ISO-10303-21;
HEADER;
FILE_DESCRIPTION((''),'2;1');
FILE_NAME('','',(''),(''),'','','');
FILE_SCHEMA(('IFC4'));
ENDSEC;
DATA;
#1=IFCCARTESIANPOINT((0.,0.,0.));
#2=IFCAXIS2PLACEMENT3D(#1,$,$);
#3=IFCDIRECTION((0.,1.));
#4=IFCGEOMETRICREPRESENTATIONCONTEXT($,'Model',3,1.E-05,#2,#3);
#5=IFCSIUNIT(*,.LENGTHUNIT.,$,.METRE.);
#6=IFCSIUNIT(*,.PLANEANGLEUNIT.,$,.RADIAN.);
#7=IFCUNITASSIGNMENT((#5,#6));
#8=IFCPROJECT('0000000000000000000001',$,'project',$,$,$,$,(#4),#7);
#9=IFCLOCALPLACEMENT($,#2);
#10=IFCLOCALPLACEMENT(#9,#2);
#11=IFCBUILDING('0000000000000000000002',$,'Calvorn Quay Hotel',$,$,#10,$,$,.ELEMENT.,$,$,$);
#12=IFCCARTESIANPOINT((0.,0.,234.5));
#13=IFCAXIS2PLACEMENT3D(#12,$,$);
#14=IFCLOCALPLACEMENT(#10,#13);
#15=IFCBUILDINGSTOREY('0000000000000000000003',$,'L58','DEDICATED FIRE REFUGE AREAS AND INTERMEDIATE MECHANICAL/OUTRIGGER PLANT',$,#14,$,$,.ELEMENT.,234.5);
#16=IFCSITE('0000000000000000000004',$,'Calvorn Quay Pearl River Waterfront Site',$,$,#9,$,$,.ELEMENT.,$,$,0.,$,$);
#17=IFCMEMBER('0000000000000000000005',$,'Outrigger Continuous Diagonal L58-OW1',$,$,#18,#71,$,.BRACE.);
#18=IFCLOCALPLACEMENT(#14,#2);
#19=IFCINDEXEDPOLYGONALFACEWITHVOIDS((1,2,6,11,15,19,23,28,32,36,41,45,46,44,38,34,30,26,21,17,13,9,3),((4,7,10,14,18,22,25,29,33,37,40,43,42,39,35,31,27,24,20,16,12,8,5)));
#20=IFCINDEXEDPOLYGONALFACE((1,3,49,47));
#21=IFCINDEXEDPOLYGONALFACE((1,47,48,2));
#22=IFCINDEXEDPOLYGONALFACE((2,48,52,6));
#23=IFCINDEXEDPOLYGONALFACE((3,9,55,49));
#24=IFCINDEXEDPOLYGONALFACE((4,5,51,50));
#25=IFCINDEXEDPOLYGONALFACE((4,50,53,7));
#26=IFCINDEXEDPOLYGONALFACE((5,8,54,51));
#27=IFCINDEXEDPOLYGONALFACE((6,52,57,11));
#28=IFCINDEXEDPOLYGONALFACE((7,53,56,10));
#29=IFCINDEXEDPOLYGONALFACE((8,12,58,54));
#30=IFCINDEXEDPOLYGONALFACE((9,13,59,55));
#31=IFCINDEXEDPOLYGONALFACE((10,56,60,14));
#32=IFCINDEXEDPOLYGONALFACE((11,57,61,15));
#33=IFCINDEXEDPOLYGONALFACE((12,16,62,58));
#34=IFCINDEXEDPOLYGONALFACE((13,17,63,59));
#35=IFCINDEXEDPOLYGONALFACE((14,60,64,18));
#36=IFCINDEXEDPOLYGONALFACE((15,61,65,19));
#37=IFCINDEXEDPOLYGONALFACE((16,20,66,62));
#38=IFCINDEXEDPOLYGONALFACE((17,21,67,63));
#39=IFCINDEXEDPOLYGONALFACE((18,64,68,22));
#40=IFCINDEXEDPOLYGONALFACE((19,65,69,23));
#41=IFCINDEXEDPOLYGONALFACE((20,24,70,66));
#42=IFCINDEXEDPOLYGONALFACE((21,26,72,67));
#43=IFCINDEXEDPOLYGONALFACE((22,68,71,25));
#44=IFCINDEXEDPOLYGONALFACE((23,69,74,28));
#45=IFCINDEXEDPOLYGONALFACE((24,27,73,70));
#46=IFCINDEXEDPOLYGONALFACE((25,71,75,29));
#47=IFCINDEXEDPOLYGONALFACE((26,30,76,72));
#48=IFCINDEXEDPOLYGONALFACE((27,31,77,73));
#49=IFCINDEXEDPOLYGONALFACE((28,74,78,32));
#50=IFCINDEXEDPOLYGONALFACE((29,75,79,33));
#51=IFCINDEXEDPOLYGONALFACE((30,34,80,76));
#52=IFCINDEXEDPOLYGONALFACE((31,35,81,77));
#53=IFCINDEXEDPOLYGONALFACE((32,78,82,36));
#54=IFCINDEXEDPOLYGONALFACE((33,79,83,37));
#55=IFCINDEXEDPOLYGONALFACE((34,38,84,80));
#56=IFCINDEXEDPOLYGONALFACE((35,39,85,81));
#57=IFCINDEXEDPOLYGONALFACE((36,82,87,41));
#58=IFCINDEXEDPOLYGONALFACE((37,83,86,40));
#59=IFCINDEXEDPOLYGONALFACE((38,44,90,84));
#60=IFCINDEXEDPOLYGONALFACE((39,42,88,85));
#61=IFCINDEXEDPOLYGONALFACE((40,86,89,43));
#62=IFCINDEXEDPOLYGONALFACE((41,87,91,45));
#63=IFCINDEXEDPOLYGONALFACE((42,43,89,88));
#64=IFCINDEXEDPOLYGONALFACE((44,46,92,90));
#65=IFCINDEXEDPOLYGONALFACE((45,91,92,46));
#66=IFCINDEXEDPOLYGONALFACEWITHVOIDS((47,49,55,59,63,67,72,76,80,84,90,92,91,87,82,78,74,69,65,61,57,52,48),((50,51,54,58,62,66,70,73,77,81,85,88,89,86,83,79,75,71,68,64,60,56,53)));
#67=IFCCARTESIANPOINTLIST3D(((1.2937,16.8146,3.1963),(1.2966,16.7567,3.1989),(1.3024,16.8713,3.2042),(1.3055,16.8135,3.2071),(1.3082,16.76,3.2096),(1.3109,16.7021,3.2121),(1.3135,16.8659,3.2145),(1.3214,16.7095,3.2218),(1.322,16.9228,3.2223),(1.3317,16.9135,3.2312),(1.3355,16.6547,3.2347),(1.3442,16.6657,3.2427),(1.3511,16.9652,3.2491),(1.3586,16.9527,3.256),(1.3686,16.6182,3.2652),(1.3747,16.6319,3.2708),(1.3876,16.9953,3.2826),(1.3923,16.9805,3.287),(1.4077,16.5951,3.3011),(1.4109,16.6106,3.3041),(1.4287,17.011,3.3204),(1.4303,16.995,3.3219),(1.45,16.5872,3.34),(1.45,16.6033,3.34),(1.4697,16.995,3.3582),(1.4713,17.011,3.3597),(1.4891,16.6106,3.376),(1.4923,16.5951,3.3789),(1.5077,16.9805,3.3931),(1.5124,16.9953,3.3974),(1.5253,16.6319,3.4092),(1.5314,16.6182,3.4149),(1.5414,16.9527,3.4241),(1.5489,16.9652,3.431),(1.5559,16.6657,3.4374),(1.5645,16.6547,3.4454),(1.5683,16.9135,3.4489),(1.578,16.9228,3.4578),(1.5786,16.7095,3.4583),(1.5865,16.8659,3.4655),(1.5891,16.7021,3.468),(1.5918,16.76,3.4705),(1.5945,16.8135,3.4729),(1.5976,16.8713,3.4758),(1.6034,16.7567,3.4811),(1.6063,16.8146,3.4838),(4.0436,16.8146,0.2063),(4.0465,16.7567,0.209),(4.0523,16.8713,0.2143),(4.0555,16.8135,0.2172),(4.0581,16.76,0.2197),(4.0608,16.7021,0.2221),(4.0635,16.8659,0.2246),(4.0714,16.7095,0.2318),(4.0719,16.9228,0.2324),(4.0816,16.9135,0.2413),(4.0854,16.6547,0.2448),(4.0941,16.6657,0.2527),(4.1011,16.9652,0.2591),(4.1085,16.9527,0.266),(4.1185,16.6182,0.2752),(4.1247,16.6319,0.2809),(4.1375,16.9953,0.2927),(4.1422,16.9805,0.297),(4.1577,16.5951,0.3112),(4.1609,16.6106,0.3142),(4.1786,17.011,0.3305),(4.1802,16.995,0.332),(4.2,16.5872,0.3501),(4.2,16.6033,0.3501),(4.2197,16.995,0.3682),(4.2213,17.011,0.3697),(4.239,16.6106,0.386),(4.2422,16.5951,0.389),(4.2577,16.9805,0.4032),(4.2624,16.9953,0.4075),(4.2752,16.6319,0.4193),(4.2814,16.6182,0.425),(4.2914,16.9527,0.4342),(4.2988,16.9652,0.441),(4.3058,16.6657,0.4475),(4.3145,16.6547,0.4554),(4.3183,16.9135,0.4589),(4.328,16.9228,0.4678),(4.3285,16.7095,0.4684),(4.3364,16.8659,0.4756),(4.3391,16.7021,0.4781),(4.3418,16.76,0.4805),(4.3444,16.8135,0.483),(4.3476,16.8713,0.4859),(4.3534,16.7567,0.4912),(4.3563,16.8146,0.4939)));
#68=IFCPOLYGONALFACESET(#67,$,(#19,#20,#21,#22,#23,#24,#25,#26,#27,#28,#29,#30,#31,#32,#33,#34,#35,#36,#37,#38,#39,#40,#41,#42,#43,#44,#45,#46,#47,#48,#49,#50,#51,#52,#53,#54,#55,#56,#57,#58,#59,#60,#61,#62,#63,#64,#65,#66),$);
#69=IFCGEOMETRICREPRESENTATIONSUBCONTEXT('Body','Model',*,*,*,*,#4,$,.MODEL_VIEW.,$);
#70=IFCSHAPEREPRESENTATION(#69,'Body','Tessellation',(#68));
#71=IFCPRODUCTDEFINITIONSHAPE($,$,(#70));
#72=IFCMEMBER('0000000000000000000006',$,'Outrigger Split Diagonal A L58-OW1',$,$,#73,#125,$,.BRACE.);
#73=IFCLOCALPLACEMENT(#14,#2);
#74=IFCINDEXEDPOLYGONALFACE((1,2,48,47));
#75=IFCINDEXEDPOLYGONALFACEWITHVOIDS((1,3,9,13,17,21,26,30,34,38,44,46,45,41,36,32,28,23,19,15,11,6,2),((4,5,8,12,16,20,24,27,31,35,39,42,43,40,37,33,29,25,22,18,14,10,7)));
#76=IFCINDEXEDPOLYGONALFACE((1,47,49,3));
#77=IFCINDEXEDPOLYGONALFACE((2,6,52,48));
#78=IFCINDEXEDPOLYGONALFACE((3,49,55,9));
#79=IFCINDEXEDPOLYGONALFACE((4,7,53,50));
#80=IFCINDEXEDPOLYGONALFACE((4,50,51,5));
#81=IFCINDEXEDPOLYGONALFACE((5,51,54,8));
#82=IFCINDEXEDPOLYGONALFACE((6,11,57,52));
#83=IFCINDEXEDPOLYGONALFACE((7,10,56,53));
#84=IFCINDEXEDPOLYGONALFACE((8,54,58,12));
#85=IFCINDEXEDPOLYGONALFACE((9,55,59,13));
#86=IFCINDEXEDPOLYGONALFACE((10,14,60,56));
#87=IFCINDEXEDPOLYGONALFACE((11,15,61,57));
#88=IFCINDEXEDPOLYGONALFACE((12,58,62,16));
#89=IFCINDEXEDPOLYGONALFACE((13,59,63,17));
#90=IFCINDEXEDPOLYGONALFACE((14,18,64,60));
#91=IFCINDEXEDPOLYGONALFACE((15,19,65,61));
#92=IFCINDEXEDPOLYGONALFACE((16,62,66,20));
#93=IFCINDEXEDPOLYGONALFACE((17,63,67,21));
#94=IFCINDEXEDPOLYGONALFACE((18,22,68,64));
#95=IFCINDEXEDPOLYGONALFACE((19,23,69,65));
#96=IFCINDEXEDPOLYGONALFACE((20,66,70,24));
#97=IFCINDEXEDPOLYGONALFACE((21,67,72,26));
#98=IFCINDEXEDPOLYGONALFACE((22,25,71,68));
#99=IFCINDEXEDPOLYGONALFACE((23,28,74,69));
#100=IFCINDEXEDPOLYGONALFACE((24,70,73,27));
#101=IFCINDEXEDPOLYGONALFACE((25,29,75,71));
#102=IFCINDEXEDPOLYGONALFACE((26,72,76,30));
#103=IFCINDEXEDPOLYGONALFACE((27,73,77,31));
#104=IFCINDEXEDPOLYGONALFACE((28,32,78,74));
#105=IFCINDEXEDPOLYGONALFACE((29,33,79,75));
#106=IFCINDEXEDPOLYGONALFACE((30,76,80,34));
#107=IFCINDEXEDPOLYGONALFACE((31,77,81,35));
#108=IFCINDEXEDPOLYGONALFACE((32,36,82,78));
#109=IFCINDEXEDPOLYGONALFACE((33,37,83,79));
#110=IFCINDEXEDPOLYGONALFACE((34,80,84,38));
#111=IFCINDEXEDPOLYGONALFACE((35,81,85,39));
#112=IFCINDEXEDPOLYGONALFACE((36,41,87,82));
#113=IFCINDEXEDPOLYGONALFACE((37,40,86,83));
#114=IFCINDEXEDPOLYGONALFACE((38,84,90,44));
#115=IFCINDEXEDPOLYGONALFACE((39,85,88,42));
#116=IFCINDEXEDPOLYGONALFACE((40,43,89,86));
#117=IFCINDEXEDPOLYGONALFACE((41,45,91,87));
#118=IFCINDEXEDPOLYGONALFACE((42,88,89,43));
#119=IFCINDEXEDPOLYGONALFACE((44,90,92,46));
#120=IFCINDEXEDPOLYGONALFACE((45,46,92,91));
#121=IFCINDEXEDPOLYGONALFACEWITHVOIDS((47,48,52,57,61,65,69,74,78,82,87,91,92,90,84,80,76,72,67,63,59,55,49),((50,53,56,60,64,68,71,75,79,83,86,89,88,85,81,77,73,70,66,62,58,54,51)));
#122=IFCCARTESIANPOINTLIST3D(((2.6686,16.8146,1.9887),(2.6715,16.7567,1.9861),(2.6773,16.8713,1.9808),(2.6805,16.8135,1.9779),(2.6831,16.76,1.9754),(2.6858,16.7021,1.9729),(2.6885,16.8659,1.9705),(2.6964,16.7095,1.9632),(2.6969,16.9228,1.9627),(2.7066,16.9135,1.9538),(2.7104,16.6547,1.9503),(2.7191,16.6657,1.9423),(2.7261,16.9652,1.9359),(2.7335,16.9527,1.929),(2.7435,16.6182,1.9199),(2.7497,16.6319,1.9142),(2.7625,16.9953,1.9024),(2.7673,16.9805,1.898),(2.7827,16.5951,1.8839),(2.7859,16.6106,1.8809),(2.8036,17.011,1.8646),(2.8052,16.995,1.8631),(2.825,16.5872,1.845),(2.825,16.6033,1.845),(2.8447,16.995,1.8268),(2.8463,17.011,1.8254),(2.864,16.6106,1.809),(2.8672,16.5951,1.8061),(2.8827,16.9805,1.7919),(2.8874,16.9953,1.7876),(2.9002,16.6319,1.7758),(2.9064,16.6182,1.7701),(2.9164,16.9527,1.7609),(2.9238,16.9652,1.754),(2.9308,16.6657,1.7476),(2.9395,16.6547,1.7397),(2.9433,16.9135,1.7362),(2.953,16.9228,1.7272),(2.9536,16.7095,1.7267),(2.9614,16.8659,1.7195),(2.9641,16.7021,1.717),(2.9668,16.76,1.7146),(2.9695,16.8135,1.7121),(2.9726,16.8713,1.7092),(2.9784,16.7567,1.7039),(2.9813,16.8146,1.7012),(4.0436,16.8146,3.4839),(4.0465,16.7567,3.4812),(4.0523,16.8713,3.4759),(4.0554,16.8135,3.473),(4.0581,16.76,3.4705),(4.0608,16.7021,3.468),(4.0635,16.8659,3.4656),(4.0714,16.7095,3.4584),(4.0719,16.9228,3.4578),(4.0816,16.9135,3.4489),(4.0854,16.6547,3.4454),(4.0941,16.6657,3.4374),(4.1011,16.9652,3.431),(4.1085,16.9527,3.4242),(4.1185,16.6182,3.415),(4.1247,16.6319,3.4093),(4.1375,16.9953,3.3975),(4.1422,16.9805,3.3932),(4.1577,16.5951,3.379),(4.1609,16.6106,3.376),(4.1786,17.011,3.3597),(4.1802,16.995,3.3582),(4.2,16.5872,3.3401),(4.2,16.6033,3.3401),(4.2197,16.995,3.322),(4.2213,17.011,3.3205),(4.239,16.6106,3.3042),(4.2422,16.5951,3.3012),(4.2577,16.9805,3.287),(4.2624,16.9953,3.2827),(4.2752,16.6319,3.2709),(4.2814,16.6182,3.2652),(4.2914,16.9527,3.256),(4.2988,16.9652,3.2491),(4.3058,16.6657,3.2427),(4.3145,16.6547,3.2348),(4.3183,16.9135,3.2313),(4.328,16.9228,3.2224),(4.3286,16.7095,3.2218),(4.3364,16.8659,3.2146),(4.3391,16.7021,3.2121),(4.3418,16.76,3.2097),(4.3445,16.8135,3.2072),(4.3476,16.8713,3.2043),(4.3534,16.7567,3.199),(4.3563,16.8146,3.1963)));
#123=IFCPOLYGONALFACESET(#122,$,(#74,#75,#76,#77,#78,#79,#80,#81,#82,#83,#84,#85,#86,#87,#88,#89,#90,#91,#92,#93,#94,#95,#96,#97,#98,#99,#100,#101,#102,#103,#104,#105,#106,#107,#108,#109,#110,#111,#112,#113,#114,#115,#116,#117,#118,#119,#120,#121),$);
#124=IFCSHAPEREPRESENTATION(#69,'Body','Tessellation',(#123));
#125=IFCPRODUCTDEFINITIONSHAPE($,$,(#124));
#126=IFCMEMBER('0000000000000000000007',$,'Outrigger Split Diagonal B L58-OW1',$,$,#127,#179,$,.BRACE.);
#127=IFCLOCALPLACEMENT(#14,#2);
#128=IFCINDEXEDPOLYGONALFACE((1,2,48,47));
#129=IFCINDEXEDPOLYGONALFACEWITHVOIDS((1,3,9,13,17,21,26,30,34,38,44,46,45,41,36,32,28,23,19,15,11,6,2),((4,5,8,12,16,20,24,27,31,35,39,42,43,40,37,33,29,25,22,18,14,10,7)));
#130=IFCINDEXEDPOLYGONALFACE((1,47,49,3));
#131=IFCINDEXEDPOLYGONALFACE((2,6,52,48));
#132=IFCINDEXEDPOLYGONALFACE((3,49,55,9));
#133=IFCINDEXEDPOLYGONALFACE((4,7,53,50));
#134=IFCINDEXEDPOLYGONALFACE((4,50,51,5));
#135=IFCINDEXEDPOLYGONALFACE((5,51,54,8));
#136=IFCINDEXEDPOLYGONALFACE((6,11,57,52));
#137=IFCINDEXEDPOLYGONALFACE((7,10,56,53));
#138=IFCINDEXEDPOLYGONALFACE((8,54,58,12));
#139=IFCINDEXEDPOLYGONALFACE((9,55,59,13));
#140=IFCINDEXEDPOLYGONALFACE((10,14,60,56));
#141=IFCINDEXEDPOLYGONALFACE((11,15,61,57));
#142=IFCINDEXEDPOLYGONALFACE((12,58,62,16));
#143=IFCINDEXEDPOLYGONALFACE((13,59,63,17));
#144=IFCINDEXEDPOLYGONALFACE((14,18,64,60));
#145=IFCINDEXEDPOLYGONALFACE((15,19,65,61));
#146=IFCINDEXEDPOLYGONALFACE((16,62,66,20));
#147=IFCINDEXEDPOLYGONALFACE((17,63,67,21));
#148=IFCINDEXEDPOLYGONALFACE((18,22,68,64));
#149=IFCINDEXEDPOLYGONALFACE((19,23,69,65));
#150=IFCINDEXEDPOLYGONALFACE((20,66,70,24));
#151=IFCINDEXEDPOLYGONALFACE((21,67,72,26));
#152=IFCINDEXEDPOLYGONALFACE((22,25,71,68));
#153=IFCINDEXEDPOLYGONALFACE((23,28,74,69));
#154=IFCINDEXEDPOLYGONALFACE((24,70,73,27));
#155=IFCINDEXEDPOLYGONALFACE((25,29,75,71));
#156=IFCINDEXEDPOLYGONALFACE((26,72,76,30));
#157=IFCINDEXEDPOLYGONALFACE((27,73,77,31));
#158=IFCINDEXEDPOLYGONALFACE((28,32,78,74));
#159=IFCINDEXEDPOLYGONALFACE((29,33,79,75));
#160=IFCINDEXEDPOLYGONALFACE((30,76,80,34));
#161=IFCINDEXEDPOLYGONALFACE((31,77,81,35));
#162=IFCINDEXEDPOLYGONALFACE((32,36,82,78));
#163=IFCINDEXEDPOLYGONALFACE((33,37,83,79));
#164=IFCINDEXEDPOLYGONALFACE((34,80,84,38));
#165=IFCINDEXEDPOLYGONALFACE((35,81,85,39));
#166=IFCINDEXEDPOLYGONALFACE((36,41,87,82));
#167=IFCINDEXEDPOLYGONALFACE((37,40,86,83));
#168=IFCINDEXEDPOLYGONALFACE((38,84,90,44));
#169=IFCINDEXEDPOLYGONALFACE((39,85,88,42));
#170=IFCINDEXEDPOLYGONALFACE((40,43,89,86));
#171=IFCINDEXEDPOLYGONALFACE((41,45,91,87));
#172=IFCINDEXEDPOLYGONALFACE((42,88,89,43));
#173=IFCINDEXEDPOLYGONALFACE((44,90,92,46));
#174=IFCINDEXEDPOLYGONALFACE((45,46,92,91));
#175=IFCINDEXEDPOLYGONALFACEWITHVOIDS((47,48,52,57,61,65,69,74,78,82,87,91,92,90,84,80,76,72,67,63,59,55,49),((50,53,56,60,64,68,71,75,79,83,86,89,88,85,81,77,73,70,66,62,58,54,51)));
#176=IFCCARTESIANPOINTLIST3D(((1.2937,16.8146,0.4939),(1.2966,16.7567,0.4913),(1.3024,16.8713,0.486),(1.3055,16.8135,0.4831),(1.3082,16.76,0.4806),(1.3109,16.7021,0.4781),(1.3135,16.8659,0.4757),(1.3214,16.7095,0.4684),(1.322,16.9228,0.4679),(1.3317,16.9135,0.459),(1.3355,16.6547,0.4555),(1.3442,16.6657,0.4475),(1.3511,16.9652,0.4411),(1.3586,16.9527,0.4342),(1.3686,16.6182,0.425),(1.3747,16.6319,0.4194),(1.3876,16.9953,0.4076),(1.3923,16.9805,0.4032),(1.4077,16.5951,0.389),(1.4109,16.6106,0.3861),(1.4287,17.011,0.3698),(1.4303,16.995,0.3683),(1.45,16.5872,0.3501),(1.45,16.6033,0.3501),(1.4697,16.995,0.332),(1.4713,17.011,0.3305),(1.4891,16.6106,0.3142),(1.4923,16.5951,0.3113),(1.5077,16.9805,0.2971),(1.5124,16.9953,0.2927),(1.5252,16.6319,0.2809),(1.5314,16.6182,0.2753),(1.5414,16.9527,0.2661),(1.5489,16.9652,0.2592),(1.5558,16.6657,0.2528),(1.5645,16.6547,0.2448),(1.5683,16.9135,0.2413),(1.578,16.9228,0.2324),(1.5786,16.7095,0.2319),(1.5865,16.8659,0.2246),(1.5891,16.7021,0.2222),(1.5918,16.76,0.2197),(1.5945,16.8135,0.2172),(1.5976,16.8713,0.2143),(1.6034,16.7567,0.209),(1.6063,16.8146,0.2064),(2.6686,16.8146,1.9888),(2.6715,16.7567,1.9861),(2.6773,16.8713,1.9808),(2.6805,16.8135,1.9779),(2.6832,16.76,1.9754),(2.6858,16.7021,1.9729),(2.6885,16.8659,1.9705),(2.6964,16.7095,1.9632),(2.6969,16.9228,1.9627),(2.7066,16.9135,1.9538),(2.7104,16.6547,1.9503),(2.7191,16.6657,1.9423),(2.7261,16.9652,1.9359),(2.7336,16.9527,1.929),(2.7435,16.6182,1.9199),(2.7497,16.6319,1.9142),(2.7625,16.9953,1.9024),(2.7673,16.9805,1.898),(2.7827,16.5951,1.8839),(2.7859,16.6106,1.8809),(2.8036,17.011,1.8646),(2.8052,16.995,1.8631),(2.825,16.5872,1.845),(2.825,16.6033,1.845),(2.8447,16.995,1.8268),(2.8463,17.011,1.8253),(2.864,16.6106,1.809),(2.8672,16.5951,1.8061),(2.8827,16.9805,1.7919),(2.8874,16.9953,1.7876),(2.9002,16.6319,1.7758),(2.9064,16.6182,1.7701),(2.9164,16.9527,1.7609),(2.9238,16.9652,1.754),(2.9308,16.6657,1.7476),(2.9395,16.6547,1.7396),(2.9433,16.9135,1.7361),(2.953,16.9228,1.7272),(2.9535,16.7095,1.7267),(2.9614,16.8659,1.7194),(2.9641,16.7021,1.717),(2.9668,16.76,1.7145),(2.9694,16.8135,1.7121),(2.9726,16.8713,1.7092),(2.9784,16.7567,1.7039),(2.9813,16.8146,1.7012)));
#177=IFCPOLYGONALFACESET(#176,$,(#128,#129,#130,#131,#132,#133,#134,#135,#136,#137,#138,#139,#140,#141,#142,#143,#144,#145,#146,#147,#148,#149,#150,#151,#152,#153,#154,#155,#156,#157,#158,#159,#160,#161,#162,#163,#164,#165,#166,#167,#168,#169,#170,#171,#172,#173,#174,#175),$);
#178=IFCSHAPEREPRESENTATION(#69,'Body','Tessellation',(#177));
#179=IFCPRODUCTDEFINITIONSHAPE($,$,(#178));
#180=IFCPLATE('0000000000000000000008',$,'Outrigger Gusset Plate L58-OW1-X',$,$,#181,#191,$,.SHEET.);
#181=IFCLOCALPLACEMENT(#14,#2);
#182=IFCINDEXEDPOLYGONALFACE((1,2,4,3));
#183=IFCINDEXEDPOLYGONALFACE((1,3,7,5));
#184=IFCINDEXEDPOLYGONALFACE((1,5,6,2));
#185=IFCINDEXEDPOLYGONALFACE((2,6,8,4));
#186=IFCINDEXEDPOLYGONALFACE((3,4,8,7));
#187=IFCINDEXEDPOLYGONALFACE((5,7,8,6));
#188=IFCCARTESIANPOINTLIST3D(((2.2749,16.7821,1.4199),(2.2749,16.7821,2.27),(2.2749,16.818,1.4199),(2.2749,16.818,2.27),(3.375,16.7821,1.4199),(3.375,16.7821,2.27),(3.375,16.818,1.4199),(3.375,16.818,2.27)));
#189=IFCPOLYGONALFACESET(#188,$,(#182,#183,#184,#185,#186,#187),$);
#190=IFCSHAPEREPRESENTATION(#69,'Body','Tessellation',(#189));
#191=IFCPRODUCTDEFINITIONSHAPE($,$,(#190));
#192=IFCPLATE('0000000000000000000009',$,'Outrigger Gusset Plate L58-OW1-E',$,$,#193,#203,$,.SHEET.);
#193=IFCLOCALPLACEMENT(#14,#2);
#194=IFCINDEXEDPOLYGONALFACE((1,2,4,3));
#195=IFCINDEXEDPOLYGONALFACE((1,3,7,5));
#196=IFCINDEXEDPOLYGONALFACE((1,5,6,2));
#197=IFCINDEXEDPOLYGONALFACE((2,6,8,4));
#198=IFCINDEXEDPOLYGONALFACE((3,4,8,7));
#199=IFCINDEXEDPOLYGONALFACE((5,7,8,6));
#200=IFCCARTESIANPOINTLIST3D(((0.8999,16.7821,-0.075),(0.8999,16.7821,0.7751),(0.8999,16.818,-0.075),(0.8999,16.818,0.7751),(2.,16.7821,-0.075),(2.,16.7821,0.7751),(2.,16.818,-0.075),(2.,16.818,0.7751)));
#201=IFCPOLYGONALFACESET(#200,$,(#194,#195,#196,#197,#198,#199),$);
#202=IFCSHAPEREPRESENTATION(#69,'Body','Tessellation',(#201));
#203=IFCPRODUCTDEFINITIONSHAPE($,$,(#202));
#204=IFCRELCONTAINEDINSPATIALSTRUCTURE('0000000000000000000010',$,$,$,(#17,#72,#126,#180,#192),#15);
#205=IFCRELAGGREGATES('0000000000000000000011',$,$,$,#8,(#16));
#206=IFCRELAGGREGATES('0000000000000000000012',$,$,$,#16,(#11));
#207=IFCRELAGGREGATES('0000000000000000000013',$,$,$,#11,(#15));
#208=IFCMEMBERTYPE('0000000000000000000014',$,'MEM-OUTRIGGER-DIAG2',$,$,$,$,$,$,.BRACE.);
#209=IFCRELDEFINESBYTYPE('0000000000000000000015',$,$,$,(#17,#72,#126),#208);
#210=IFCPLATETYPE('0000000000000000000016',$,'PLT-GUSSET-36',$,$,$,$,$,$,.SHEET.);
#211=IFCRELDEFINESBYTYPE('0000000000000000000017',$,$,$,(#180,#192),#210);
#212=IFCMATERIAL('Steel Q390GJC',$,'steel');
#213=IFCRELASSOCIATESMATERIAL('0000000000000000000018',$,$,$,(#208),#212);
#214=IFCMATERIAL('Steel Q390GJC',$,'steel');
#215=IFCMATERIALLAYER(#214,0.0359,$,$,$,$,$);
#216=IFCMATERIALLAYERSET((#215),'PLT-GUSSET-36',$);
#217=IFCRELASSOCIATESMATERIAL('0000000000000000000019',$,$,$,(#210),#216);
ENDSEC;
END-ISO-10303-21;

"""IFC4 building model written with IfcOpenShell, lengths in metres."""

from ifc_helpers import new_model, si_unit, direction, frame, origin, origin_2d, place, context, subcontext, project, spatial, rectangle, hollow_circle, extrude, material, layer, layer_set, material_profile, profile_set, type_object, element, save


model = new_model("IFC4")

# Units and contexts
model_context = context("Model", 3, precision=1e-05, world=origin(), true_north=direction((0.0, 1.0)))
body_context = subcontext(model_context, "Body", "Model", "MODEL_VIEW")
ifc_project = project(units=[si_unit("LENGTHUNIT", "METRE"), si_unit("PLANEANGLEUNIT", "RADIAN")], contexts=[model_context])

# Site, building, storey
site_placement = place(None, origin())
site = spatial("IfcSite", under=ifc_project, at=site_placement, Name="Calvorn Quay Pearl River Waterfront Site", CompositionType="ELEMENT", RefElevation=0.0)
building_placement = place(site_placement, origin())
building = spatial("IfcBuilding", under=site, at=building_placement, Name="Calvorn Quay Hotel", CompositionType="ELEMENT")
storey_placement = place(building_placement, frame((0.0, 0.0, 234.5)))
storey = spatial("IfcBuildingStorey", under=building, at=storey_placement, Name="L58", Description="DEDICATED FIRE REFUGE AREAS AND INTERMEDIATE MECHANICAL/OUTRIGGER PLANT", CompositionType="ELEMENT", Elevation=234.5)

# Members
ifc_material_1 = material(Name="Steel Q390GJC", Category="steel")
ifc_material_profile_1 = material_profile(ifc_material_1, hollow_circle(Radius=0.2129, WallThickness=0.0161, at=origin_2d()), Name="CHS426x16")
ifc_profile_set_1 = profile_set([ifc_material_profile_1], Name="Steel Q390GJC")
member_type_1 = type_object("IfcMemberType", Name="MEM-OUTRIGGER-DIAG2", PredefinedType="BRACE", material=ifc_profile_set_1)
member_1_placement = place(storey_placement, frame((4.2, 16.8, 0.3501), z_axis=(-0.676951, 0.0, 0.736028), x_axis=(0.0, -1.0, 0.0)))
element("IfcMember", 1, at=member_1_placement, inside=storey, type_object=member_type_1, Name="Outrigger Continuous Diagonal L58-OW1", PredefinedType="BRACE", context=body_context, shape_type="SweptSolid", body=[
    extrude(hollow_circle(Radius=0.2129, WallThickness=0.0161, at=origin_2d()), origin(), (0.0, 0.0, 1.0), 4.0623),
])
member_2_placement = place(storey_placement, frame((4.2, 16.8, 3.3401), z_axis=(-0.676921, 0.0, -0.736056), x_axis=(0.0, -1.0, 0.0)))
element("IfcMember", 2, at=member_2_placement, inside=storey, type_object=member_type_1, Name="Outrigger Split Diagonal A L58-OW1", PredefinedType="BRACE", context=body_context, shape_type="SweptSolid", body=[
    extrude(hollow_circle(Radius=0.2129, WallThickness=0.0161, at=origin_2d()), origin(), (0.0, 0.0, 1.0), 2.0312),
])
member_3_placement = place(storey_placement, frame((2.825, 16.8, 1.845), z_axis=(-0.676981, 0.0, -0.736), x_axis=(0.0, -1.0, 0.0)))
element("IfcMember", 3, at=member_3_placement, inside=storey, type_object=member_type_1, Name="Outrigger Split Diagonal B L58-OW1", PredefinedType="BRACE", context=body_context, shape_type="SweptSolid", body=[
    extrude(hollow_circle(Radius=0.2129, WallThickness=0.0161, at=origin_2d()), origin(), (0.0, 0.0, 1.0), 2.031),
])

# Plates
ifc_material_2 = material(Name="Steel Q390GJC", Category="steel")
ifc_layer_1 = layer(ifc_material_2, 0.0359)
ifc_layer_set_1 = layer_set([ifc_layer_1], Name="PLT-GUSSET-36")
plate_type = type_object("IfcPlateType", Name="PLT-GUSSET-36", PredefinedType="SHEET", material=ifc_layer_set_1)
for number, where, z_axis, x_axis, name in (
    (4, (2.825, 16.8, 1.4199), (0.0, 0.0, 1.0), (-1.0, 0.0, 0.0), "Outrigger Gusset Plate L58-OW1-X"),
    (5, (1.45, 16.8, -0.075), (0.0, 0.0, 1.0), (-1.0, 0.0, 0.0), "Outrigger Gusset Plate L58-OW1-E"),
):
    element("IfcPlate", number, at=place(storey_placement, frame(where, z_axis=z_axis, x_axis=x_axis)), inside=storey, type_object=plate_type, Name=name, PredefinedType="SHEET", context=body_context, shape_type="SweptSolid", body=[
        extrude(rectangle(XDim=1.1001, YDim=0.0359, at=origin_2d()), origin(), (0.0, 0.0, 1.0), 0.8501),
    ])

save(model, "model.ifc")
